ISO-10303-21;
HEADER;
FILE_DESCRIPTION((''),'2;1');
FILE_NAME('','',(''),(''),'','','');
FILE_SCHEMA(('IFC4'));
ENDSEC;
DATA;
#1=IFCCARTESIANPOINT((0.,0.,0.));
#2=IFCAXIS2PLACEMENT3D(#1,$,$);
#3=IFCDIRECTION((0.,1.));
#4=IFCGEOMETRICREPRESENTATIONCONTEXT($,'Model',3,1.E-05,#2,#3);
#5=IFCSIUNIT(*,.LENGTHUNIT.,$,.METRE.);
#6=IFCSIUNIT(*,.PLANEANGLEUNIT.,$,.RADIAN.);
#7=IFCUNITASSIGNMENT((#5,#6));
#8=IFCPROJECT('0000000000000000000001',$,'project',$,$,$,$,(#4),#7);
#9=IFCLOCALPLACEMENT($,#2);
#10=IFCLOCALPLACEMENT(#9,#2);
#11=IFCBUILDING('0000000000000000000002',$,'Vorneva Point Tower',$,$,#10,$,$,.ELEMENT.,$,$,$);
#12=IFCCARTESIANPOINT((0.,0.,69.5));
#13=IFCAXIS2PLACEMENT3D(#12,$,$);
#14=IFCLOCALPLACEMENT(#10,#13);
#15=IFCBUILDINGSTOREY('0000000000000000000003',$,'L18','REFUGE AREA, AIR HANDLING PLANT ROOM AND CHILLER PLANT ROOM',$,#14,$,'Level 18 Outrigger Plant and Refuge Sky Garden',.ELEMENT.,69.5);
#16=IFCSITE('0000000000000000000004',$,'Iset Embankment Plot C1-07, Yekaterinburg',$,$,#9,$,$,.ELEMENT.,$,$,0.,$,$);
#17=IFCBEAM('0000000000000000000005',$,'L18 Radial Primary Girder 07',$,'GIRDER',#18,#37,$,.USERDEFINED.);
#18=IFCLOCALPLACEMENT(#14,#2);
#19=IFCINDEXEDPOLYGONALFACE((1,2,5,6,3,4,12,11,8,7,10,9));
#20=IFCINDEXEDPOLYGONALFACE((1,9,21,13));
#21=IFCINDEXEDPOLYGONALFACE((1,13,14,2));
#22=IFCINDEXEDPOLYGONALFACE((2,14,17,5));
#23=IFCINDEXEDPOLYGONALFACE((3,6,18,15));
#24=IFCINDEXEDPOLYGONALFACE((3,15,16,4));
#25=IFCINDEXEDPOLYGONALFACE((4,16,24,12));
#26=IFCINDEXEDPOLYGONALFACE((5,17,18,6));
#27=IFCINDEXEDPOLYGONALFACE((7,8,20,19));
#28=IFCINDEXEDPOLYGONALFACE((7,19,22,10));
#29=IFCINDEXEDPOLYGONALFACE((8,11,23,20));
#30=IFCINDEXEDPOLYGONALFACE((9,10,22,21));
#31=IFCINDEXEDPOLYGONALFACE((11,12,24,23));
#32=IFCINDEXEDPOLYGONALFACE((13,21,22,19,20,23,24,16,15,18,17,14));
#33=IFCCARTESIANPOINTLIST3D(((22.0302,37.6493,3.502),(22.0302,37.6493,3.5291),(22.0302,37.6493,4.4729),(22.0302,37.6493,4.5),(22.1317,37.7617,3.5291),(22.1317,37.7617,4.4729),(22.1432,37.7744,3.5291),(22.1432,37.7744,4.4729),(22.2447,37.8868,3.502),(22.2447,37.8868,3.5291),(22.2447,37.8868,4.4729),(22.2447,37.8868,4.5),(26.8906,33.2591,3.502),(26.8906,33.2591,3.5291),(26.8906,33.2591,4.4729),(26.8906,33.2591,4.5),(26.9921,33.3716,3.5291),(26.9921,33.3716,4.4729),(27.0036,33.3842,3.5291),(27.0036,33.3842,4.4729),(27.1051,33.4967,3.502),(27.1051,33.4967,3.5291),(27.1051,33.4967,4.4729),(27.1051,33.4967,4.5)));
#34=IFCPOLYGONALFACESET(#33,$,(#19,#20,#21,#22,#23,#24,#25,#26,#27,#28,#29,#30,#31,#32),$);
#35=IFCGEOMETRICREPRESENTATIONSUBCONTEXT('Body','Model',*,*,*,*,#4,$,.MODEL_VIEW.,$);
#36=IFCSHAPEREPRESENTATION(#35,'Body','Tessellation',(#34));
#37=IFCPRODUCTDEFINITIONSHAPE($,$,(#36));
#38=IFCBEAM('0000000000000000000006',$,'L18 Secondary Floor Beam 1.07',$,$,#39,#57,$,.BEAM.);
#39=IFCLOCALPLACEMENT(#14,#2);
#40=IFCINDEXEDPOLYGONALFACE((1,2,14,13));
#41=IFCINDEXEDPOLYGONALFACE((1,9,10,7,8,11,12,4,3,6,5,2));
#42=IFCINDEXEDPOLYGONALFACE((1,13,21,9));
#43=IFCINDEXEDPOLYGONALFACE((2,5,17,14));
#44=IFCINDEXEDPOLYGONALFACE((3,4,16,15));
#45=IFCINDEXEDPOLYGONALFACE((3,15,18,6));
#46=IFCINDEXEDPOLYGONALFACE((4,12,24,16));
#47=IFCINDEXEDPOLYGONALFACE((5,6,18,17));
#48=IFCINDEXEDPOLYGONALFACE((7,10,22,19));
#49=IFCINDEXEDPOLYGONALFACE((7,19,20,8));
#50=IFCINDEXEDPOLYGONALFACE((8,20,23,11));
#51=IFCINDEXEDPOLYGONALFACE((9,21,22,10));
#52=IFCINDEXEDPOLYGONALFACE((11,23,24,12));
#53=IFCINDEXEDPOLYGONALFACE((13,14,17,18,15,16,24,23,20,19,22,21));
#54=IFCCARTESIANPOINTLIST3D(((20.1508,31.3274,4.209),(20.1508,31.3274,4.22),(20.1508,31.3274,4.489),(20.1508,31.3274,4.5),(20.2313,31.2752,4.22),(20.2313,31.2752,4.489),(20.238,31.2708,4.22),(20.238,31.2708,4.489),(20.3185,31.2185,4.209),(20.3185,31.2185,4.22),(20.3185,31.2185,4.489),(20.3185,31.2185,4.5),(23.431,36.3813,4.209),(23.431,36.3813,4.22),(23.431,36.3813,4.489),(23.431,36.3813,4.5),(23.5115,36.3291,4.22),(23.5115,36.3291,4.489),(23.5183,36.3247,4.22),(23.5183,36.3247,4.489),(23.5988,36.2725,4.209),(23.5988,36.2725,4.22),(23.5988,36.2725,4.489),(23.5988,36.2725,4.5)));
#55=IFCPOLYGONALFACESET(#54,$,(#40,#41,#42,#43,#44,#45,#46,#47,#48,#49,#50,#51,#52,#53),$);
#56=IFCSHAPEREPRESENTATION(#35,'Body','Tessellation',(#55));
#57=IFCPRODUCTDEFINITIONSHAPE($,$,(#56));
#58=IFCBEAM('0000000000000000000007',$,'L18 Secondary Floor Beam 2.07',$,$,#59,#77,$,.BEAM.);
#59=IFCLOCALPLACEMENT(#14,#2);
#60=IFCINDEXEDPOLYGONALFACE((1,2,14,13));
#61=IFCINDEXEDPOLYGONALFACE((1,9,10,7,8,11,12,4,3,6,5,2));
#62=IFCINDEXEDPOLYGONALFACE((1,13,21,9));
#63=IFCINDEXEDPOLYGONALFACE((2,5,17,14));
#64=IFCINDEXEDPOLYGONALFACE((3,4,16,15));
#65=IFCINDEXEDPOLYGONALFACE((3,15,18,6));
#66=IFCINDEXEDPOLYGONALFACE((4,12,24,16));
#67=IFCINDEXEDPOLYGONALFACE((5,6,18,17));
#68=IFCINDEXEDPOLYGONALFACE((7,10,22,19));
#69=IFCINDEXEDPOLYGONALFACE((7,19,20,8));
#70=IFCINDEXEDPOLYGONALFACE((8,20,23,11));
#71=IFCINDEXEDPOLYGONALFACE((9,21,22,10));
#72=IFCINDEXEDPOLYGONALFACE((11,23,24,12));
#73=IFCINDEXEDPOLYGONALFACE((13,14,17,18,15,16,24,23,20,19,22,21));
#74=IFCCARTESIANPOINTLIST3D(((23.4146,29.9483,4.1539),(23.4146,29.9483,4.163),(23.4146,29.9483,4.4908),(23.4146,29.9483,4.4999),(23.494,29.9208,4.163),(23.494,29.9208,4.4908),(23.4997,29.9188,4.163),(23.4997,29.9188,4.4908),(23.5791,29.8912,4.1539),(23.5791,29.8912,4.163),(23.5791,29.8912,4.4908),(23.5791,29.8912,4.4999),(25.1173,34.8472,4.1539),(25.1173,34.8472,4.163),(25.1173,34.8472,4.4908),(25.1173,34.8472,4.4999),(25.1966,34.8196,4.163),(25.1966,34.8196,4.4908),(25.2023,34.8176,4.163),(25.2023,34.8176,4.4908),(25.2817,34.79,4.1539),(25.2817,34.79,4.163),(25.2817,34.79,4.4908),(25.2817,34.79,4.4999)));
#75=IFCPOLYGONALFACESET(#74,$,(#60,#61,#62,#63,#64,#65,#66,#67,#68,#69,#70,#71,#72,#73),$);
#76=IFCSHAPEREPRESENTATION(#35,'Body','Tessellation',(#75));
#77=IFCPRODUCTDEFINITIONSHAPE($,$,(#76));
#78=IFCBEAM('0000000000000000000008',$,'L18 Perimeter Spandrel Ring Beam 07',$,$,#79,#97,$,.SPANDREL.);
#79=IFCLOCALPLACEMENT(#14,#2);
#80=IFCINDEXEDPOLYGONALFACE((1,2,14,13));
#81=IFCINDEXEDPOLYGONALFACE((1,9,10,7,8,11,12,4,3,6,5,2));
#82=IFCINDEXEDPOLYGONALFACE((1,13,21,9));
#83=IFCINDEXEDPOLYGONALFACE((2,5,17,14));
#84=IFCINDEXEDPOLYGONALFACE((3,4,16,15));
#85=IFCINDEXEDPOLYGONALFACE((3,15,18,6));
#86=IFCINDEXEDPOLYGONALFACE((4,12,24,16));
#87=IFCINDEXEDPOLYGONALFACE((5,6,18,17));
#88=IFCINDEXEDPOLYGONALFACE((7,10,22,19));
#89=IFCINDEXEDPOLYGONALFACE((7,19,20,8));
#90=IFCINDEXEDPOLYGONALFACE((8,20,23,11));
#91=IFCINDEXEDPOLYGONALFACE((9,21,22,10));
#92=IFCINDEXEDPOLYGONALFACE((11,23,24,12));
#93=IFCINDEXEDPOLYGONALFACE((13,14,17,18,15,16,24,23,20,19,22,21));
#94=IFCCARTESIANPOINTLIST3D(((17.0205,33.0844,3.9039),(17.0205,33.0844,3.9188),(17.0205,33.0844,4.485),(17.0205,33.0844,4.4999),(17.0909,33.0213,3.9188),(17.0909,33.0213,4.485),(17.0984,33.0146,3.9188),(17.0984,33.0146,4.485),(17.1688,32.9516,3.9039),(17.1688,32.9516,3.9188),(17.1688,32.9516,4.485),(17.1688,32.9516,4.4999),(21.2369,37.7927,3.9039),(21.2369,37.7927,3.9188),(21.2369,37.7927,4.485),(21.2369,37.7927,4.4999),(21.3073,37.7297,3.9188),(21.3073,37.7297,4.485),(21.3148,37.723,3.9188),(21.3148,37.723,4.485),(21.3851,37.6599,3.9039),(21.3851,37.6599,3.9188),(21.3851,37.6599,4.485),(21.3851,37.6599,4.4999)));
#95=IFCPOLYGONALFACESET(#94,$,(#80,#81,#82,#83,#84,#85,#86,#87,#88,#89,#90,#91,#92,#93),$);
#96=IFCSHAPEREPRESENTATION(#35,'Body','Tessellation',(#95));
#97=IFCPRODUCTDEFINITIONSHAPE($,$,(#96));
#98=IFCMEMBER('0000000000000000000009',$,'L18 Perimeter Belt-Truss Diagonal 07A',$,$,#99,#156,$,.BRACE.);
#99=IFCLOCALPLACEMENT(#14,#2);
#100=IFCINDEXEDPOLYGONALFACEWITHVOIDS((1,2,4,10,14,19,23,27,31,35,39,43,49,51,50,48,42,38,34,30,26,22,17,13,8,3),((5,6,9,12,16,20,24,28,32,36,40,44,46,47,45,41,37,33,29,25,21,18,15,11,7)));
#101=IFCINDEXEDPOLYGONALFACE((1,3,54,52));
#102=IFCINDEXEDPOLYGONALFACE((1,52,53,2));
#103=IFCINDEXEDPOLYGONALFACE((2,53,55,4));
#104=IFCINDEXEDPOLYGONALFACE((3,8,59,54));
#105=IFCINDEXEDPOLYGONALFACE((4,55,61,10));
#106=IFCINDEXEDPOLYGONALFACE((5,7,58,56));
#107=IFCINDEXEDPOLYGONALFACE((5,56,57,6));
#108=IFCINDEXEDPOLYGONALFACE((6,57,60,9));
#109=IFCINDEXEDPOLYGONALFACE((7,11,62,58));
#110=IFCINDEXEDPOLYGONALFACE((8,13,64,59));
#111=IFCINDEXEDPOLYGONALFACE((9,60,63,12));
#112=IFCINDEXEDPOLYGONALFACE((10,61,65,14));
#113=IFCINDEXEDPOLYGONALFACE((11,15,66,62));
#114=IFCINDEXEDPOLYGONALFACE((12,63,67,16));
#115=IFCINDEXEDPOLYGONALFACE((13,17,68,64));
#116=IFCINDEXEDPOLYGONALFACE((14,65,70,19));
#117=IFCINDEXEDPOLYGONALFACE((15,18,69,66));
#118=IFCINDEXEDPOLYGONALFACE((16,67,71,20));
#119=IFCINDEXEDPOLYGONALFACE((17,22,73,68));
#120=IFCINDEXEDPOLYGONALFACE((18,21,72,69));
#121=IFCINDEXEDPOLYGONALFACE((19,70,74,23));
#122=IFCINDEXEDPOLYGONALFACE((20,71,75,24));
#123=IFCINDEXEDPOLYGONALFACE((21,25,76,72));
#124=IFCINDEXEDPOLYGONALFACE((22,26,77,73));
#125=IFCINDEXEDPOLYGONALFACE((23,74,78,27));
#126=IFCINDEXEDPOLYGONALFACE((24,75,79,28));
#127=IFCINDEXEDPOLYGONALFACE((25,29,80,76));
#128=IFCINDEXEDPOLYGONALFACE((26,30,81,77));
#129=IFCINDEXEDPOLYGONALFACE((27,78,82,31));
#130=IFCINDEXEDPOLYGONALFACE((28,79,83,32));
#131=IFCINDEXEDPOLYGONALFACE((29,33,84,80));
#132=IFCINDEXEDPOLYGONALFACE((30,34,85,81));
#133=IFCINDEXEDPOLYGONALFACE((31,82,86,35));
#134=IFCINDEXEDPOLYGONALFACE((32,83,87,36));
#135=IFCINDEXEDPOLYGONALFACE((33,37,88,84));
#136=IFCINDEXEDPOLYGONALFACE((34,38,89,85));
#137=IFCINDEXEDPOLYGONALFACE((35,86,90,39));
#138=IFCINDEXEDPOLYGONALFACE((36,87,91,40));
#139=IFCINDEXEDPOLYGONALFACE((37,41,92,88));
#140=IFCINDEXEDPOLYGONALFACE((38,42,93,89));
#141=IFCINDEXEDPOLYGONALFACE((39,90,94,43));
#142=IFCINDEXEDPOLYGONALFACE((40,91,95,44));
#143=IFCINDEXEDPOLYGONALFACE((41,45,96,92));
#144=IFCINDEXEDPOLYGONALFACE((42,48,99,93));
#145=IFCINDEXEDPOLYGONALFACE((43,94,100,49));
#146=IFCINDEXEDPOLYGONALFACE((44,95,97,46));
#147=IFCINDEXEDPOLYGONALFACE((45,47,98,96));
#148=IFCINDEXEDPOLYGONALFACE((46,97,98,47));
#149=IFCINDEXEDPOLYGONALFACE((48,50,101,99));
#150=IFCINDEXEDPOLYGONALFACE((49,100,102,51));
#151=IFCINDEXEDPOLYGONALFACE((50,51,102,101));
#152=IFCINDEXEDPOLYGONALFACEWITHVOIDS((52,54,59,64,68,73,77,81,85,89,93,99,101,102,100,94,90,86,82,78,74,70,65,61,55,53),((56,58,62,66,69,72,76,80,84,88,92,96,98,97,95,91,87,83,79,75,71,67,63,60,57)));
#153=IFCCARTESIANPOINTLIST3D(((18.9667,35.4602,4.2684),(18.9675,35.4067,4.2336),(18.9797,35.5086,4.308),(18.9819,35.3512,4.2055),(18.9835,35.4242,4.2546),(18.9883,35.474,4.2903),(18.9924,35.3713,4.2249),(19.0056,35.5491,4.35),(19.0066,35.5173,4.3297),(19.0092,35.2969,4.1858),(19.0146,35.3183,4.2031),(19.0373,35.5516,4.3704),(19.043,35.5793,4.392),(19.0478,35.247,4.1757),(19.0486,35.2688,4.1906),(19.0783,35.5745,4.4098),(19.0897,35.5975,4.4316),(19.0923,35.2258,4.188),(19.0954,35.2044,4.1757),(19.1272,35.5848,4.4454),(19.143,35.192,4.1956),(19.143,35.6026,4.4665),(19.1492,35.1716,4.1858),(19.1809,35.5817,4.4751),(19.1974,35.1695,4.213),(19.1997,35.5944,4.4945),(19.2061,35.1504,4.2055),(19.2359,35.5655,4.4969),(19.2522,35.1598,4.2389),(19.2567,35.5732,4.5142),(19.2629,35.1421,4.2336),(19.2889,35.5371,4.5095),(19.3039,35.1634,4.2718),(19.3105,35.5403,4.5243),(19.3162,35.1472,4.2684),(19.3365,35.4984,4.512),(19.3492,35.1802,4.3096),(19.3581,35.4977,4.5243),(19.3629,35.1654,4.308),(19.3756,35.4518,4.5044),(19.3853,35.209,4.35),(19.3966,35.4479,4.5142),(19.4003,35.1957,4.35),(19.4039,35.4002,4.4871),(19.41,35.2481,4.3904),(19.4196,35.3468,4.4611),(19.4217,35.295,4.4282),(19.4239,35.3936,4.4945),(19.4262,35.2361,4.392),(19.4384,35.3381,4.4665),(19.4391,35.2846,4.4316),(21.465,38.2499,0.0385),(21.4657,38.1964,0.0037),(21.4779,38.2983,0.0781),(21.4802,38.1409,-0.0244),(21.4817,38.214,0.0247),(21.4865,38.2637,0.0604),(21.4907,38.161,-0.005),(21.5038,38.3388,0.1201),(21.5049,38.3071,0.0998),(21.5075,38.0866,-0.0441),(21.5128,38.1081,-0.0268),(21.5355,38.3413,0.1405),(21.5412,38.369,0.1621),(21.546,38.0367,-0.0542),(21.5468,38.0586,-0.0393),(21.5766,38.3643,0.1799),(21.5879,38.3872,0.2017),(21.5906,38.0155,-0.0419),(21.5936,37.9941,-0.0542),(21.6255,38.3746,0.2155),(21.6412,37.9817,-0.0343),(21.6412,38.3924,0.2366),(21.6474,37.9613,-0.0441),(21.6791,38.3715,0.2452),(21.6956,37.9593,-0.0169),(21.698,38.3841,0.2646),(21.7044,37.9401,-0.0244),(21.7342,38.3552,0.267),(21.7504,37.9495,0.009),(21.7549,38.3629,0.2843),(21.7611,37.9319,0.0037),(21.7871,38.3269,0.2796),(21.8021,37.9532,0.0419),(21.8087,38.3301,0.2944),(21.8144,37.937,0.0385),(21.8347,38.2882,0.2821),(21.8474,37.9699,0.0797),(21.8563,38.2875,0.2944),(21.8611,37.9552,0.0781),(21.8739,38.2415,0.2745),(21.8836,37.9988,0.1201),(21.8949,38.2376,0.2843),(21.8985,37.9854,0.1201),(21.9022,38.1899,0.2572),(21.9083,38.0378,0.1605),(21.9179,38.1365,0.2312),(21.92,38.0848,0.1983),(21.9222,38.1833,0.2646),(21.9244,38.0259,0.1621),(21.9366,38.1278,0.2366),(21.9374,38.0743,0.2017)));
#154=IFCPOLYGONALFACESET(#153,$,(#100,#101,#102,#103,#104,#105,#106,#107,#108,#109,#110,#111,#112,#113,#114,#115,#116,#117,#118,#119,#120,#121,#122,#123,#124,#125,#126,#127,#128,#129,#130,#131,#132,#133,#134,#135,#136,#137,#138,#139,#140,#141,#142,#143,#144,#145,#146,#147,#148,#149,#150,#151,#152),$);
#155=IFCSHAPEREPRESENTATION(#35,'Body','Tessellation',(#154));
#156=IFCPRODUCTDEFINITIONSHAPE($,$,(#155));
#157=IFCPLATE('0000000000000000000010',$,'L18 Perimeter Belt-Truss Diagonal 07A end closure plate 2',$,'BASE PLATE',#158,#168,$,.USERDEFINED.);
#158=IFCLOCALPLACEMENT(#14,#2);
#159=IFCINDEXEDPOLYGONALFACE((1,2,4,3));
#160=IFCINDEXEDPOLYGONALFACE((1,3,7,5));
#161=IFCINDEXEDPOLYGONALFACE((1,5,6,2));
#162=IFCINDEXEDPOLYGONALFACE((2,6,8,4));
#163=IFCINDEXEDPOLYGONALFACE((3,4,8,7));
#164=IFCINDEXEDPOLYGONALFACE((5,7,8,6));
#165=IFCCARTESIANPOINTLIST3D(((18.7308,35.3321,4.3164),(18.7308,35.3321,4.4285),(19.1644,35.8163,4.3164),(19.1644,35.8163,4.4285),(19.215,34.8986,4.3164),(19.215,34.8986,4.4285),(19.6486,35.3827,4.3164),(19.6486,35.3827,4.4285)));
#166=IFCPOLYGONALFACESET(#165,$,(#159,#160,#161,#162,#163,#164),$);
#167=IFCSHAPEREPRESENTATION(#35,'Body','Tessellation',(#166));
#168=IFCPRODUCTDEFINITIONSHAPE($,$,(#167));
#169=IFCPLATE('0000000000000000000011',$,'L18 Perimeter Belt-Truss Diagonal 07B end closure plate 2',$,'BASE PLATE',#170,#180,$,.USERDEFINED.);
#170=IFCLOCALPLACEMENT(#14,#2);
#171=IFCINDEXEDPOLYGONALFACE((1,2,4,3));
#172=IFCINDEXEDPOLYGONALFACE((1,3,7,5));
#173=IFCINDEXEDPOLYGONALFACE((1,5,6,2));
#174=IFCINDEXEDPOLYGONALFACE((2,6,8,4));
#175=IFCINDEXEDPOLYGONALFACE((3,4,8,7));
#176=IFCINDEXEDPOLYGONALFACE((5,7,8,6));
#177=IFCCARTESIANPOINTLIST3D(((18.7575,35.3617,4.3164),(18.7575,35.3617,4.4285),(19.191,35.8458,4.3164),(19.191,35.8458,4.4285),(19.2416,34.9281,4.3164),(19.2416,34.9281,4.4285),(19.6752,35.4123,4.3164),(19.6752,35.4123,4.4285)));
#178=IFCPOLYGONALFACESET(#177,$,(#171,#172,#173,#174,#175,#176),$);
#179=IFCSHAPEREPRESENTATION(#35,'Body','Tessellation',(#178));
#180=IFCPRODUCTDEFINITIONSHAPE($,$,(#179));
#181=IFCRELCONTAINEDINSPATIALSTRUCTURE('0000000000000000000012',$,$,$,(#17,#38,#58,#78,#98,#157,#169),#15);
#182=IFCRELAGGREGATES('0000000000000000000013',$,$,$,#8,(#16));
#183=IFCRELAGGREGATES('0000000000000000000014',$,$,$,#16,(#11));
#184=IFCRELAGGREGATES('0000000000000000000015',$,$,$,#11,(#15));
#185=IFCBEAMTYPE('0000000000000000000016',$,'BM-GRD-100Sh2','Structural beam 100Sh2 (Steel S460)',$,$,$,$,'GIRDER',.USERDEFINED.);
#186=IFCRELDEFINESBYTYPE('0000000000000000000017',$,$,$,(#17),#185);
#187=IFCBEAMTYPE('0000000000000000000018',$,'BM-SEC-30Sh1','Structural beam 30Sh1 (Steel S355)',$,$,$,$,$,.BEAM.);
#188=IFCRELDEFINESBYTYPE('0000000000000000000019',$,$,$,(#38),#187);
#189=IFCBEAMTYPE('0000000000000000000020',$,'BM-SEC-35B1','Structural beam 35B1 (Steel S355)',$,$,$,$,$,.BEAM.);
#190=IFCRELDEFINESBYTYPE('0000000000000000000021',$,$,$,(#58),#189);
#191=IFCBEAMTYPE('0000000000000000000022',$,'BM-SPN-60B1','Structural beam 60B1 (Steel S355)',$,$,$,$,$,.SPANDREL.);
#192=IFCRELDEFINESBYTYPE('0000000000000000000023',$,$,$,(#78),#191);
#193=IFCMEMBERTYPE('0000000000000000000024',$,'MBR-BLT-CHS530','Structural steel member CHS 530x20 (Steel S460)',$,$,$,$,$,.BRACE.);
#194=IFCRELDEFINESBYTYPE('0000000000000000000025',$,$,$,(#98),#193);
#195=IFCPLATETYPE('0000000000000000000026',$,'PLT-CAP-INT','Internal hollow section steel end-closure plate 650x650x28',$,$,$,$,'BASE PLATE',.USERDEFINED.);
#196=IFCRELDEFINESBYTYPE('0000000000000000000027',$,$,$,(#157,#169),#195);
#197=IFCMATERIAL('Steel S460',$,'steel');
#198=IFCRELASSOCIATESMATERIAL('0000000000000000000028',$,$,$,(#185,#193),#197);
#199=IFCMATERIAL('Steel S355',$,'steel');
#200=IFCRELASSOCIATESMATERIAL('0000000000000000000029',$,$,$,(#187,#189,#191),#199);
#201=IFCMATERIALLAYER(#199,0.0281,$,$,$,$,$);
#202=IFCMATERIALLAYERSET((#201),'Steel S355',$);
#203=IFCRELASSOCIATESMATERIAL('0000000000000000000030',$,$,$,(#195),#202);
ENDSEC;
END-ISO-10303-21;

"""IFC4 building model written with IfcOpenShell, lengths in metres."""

from ifc_helpers import new_model, si_unit, direction, frame, origin, origin_2d, place, context, subcontext, project, spatial, rectangle, hollow_circle, i_section, extrude, material, layer, layer_set, material_profile, profile_set, type_object, element, save


model = new_model("IFC4")

# Units and contexts
model_context = context("Model", 3, precision=1e-05, world=origin(), true_north=direction((0.0, 1.0)))
body_context = subcontext(model_context, "Body", "Model", "MODEL_VIEW")
ifc_project = project(units=[si_unit("LENGTHUNIT", "METRE"), si_unit("PLANEANGLEUNIT", "RADIAN")], contexts=[model_context])

# Site, building, storey
site_placement = place(None, origin())
site = spatial("IfcSite", under=ifc_project, at=site_placement, Name="Iset Embankment Plot C1-07, Yekaterinburg", CompositionType="ELEMENT", RefElevation=0.0)
building_placement = place(site_placement, origin())
building = spatial("IfcBuilding", under=site, at=building_placement, Name="Vorneva Point Tower", CompositionType="ELEMENT")
storey_placement = place(building_placement, frame((0.0, 0.0, 69.5)))
storey = spatial("IfcBuildingStorey", under=building, at=storey_placement, Name="L18", Description="REFUGE AREA, AIR HANDLING PLANT ROOM AND CHILLER PLANT ROOM", LongName="Level 18 Outrigger Plant and Refuge Sky Garden", CompositionType="ELEMENT", Elevation=69.5)

# Beams
ifc_material_1 = material(Name="Steel S460", Category="steel")
ifc_material_profile_1 = material_profile(ifc_material_1, i_section(OverallWidth=0.3201, OverallDepth=0.998, WebThickness=0.0171, FlangeThickness=0.0271, at=origin_2d()), Name="100Sh2")
ifc_profile_set_1 = profile_set([ifc_material_profile_1], Name="Steel S460")
beam_type_1 = type_object("IfcBeamType", Name="BM-GRD-100Sh2", Description="Structural beam 100Sh2 (Steel S460)", ElementType="GIRDER", PredefinedType="USERDEFINED", material=ifc_profile_set_1)
beam_1_placement = place(storey_placement, frame((22.1375, 37.7681, 4.001), z_axis=(0.742092, -0.670298, 0.0), x_axis=(0.670298, 0.742092, 0.0)))
element("IfcBeam", 1, at=beam_1_placement, inside=storey, type_object=beam_type_1, Name="L18 Radial Primary Girder 07", ObjectType="GIRDER", PredefinedType="USERDEFINED", context=body_context, shape_type="SweptSolid", body=[
    extrude(i_section(OverallWidth=0.3201, OverallDepth=0.998, WebThickness=0.0171, FlangeThickness=0.0271, at=origin_2d()), origin(), (0.0, 0.0, 1.0), 6.5496),
])
ifc_material_2 = material(Name="Steel S355", Category="steel")
ifc_material_profile_2 = material_profile(ifc_material_2, i_section(OverallWidth=0.2, OverallDepth=0.291, WebThickness=0.0081, FlangeThickness=0.011, at=origin_2d()), Name="30Sh1")
ifc_profile_set_2 = profile_set([ifc_material_profile_2], Name="Steel S355")
beam_type_2 = type_object("IfcBeamType", Name="BM-SEC-30Sh1", Description="Structural beam 30Sh1 (Steel S355)", PredefinedType="BEAM", material=ifc_profile_set_2)
beam_2_placement = place(storey_placement, frame((23.5149, 36.3269, 4.3545), z_axis=(-0.544428, -0.838807, 0.0), x_axis=(0.838807, -0.544428, 0.0)))
element("IfcBeam", 2, at=beam_2_placement, inside=storey, type_object=beam_type_2, Name="L18 Secondary Floor Beam 1.07", PredefinedType="BEAM", context=body_context, shape_type="SweptSolid", body=[
    extrude(i_section(OverallWidth=0.2, OverallDepth=0.291, WebThickness=0.0081, FlangeThickness=0.011, at=origin_2d()), origin(), (0.0, 0.0, 1.0), 6.0251),
])
ifc_material_profile_3 = material_profile(ifc_material_2, i_section(OverallWidth=0.1741, OverallDepth=0.3459, WebThickness=0.0061, FlangeThickness=0.009, at=origin_2d()), Name="35B1")
ifc_profile_set_3 = profile_set([ifc_material_profile_3], Name="Steel S355")
beam_type_3 = type_object("IfcBeamType", Name="BM-SEC-35B1", Description="Structural beam 35B1 (Steel S355)", PredefinedType="BEAM", material=ifc_profile_set_3)
beam_3_placement = place(storey_placement, frame((25.1995, 34.8186, 4.3269), z_axis=(-0.328291, -0.944577, 0.0), x_axis=(0.944577, -0.328291, 0.0)))
element("IfcBeam", 3, at=beam_3_placement, inside=storey, type_object=beam_type_3, Name="L18 Secondary Floor Beam 2.07", PredefinedType="BEAM", context=body_context, shape_type="SweptSolid", body=[
    extrude(i_section(OverallWidth=0.1741, OverallDepth=0.3459, WebThickness=0.0061, FlangeThickness=0.009, at=origin_2d()), origin(), (0.0, 0.0, 1.0), 5.1863),
])
ifc_material_profile_4 = material_profile(ifc_material_2, i_section(OverallWidth=0.199, OverallDepth=0.5959, WebThickness=0.01, FlangeThickness=0.0149, at=origin_2d()), Name="60B1")
ifc_profile_set_4 = profile_set([ifc_material_profile_4], Name="Steel S355")
beam_type_4 = type_object("IfcBeamType", Name="BM-SPN-60B1", Description="Structural beam 60B1 (Steel S355)", PredefinedType="SPANDREL", material=ifc_profile_set_4)
beam_4_placement = place(storey_placement, frame((21.311, 37.7263, 4.2019), z_axis=(-0.667117, -0.744953, 0.0), x_axis=(0.744953, -0.667117, 0.0)))
element("IfcBeam", 4, at=beam_4_placement, inside=storey, type_object=beam_type_4, Name="L18 Perimeter Spandrel Ring Beam 07", PredefinedType="SPANDREL", context=body_context, shape_type="SweptSolid", body=[
    extrude(i_section(OverallWidth=0.199, OverallDepth=0.5959, WebThickness=0.01, FlangeThickness=0.0149, at=origin_2d()), origin(), (0.0, 0.0, 1.0), 6.3203),
])

# Member
ifc_material_profile_5 = material_profile(ifc_material_1, hollow_circle(Radius=0.2649, WallThickness=0.02, at=origin_2d()), Name="CHS 530x20")
ifc_profile_set_5 = profile_set([ifc_material_profile_5], Name="Steel S460")
member_type = type_object("IfcMemberType", Name="MBR-BLT-CHS530", Description="Structural steel member CHS 530x20 (Steel S460)", PredefinedType="BRACE", material=ifc_profile_set_5)
member_placement = place(storey_placement, frame((21.7012, 38.1621, 0.1201), z_axis=(-0.442212, -0.49381, 0.748732), x_axis=(0.744955, -0.667115, 0.0)))
element("IfcMember", 5, at=member_placement, inside=storey, type_object=member_type, Name="L18 Perimeter Belt-Truss Diagonal 07A", PredefinedType="BRACE", context=body_context, shape_type="SweptSolid", body=[
    extrude(hollow_circle(Radius=0.2649, WallThickness=0.02, at=origin_2d()), origin(), (0.0, 0.0, 1.0), 5.6494),
])

# Plates
ifc_layer_1 = layer(ifc_material_2, 0.0281)
ifc_layer_set_1 = layer_set([ifc_layer_1], Name="Steel S355")
plate_type_1 = type_object("IfcPlateType", Name="PLT-CAP-INT", Description="Internal hollow section steel end-closure plate 650x650x28", ElementType="BASE PLATE", PredefinedType="USERDEFINED", material=ifc_layer_set_1)
for number, where, z_axis, x_axis, name in (
    (6, (19.1897, 35.3574, 4.3164), (0.0, 0.0, 1.0), (-0.667092, -0.744976, 0.0), "L18 Perimeter Belt-Truss Diagonal 07A end closure plate 2"),
    (7, (19.2163, 35.387, 4.3164), (0.0, 0.0, 1.0), (0.667092, 0.744976, 0.0), "L18 Perimeter Belt-Truss Diagonal 07B end closure plate 2"),
):
    element("IfcPlate", number, at=place(storey_placement, frame(where, z_axis=z_axis, x_axis=x_axis)), inside=storey, type_object=plate_type_1, Name=name, ObjectType="BASE PLATE", PredefinedType="USERDEFINED", context=body_context, shape_type="SweptSolid", body=[
        extrude(rectangle(XDim=0.6499, YDim=0.6499, at=origin_2d()), origin(), (0.0, 0.0, 1.0), 0.1121),
    ])

save(model, "model.ifc")
